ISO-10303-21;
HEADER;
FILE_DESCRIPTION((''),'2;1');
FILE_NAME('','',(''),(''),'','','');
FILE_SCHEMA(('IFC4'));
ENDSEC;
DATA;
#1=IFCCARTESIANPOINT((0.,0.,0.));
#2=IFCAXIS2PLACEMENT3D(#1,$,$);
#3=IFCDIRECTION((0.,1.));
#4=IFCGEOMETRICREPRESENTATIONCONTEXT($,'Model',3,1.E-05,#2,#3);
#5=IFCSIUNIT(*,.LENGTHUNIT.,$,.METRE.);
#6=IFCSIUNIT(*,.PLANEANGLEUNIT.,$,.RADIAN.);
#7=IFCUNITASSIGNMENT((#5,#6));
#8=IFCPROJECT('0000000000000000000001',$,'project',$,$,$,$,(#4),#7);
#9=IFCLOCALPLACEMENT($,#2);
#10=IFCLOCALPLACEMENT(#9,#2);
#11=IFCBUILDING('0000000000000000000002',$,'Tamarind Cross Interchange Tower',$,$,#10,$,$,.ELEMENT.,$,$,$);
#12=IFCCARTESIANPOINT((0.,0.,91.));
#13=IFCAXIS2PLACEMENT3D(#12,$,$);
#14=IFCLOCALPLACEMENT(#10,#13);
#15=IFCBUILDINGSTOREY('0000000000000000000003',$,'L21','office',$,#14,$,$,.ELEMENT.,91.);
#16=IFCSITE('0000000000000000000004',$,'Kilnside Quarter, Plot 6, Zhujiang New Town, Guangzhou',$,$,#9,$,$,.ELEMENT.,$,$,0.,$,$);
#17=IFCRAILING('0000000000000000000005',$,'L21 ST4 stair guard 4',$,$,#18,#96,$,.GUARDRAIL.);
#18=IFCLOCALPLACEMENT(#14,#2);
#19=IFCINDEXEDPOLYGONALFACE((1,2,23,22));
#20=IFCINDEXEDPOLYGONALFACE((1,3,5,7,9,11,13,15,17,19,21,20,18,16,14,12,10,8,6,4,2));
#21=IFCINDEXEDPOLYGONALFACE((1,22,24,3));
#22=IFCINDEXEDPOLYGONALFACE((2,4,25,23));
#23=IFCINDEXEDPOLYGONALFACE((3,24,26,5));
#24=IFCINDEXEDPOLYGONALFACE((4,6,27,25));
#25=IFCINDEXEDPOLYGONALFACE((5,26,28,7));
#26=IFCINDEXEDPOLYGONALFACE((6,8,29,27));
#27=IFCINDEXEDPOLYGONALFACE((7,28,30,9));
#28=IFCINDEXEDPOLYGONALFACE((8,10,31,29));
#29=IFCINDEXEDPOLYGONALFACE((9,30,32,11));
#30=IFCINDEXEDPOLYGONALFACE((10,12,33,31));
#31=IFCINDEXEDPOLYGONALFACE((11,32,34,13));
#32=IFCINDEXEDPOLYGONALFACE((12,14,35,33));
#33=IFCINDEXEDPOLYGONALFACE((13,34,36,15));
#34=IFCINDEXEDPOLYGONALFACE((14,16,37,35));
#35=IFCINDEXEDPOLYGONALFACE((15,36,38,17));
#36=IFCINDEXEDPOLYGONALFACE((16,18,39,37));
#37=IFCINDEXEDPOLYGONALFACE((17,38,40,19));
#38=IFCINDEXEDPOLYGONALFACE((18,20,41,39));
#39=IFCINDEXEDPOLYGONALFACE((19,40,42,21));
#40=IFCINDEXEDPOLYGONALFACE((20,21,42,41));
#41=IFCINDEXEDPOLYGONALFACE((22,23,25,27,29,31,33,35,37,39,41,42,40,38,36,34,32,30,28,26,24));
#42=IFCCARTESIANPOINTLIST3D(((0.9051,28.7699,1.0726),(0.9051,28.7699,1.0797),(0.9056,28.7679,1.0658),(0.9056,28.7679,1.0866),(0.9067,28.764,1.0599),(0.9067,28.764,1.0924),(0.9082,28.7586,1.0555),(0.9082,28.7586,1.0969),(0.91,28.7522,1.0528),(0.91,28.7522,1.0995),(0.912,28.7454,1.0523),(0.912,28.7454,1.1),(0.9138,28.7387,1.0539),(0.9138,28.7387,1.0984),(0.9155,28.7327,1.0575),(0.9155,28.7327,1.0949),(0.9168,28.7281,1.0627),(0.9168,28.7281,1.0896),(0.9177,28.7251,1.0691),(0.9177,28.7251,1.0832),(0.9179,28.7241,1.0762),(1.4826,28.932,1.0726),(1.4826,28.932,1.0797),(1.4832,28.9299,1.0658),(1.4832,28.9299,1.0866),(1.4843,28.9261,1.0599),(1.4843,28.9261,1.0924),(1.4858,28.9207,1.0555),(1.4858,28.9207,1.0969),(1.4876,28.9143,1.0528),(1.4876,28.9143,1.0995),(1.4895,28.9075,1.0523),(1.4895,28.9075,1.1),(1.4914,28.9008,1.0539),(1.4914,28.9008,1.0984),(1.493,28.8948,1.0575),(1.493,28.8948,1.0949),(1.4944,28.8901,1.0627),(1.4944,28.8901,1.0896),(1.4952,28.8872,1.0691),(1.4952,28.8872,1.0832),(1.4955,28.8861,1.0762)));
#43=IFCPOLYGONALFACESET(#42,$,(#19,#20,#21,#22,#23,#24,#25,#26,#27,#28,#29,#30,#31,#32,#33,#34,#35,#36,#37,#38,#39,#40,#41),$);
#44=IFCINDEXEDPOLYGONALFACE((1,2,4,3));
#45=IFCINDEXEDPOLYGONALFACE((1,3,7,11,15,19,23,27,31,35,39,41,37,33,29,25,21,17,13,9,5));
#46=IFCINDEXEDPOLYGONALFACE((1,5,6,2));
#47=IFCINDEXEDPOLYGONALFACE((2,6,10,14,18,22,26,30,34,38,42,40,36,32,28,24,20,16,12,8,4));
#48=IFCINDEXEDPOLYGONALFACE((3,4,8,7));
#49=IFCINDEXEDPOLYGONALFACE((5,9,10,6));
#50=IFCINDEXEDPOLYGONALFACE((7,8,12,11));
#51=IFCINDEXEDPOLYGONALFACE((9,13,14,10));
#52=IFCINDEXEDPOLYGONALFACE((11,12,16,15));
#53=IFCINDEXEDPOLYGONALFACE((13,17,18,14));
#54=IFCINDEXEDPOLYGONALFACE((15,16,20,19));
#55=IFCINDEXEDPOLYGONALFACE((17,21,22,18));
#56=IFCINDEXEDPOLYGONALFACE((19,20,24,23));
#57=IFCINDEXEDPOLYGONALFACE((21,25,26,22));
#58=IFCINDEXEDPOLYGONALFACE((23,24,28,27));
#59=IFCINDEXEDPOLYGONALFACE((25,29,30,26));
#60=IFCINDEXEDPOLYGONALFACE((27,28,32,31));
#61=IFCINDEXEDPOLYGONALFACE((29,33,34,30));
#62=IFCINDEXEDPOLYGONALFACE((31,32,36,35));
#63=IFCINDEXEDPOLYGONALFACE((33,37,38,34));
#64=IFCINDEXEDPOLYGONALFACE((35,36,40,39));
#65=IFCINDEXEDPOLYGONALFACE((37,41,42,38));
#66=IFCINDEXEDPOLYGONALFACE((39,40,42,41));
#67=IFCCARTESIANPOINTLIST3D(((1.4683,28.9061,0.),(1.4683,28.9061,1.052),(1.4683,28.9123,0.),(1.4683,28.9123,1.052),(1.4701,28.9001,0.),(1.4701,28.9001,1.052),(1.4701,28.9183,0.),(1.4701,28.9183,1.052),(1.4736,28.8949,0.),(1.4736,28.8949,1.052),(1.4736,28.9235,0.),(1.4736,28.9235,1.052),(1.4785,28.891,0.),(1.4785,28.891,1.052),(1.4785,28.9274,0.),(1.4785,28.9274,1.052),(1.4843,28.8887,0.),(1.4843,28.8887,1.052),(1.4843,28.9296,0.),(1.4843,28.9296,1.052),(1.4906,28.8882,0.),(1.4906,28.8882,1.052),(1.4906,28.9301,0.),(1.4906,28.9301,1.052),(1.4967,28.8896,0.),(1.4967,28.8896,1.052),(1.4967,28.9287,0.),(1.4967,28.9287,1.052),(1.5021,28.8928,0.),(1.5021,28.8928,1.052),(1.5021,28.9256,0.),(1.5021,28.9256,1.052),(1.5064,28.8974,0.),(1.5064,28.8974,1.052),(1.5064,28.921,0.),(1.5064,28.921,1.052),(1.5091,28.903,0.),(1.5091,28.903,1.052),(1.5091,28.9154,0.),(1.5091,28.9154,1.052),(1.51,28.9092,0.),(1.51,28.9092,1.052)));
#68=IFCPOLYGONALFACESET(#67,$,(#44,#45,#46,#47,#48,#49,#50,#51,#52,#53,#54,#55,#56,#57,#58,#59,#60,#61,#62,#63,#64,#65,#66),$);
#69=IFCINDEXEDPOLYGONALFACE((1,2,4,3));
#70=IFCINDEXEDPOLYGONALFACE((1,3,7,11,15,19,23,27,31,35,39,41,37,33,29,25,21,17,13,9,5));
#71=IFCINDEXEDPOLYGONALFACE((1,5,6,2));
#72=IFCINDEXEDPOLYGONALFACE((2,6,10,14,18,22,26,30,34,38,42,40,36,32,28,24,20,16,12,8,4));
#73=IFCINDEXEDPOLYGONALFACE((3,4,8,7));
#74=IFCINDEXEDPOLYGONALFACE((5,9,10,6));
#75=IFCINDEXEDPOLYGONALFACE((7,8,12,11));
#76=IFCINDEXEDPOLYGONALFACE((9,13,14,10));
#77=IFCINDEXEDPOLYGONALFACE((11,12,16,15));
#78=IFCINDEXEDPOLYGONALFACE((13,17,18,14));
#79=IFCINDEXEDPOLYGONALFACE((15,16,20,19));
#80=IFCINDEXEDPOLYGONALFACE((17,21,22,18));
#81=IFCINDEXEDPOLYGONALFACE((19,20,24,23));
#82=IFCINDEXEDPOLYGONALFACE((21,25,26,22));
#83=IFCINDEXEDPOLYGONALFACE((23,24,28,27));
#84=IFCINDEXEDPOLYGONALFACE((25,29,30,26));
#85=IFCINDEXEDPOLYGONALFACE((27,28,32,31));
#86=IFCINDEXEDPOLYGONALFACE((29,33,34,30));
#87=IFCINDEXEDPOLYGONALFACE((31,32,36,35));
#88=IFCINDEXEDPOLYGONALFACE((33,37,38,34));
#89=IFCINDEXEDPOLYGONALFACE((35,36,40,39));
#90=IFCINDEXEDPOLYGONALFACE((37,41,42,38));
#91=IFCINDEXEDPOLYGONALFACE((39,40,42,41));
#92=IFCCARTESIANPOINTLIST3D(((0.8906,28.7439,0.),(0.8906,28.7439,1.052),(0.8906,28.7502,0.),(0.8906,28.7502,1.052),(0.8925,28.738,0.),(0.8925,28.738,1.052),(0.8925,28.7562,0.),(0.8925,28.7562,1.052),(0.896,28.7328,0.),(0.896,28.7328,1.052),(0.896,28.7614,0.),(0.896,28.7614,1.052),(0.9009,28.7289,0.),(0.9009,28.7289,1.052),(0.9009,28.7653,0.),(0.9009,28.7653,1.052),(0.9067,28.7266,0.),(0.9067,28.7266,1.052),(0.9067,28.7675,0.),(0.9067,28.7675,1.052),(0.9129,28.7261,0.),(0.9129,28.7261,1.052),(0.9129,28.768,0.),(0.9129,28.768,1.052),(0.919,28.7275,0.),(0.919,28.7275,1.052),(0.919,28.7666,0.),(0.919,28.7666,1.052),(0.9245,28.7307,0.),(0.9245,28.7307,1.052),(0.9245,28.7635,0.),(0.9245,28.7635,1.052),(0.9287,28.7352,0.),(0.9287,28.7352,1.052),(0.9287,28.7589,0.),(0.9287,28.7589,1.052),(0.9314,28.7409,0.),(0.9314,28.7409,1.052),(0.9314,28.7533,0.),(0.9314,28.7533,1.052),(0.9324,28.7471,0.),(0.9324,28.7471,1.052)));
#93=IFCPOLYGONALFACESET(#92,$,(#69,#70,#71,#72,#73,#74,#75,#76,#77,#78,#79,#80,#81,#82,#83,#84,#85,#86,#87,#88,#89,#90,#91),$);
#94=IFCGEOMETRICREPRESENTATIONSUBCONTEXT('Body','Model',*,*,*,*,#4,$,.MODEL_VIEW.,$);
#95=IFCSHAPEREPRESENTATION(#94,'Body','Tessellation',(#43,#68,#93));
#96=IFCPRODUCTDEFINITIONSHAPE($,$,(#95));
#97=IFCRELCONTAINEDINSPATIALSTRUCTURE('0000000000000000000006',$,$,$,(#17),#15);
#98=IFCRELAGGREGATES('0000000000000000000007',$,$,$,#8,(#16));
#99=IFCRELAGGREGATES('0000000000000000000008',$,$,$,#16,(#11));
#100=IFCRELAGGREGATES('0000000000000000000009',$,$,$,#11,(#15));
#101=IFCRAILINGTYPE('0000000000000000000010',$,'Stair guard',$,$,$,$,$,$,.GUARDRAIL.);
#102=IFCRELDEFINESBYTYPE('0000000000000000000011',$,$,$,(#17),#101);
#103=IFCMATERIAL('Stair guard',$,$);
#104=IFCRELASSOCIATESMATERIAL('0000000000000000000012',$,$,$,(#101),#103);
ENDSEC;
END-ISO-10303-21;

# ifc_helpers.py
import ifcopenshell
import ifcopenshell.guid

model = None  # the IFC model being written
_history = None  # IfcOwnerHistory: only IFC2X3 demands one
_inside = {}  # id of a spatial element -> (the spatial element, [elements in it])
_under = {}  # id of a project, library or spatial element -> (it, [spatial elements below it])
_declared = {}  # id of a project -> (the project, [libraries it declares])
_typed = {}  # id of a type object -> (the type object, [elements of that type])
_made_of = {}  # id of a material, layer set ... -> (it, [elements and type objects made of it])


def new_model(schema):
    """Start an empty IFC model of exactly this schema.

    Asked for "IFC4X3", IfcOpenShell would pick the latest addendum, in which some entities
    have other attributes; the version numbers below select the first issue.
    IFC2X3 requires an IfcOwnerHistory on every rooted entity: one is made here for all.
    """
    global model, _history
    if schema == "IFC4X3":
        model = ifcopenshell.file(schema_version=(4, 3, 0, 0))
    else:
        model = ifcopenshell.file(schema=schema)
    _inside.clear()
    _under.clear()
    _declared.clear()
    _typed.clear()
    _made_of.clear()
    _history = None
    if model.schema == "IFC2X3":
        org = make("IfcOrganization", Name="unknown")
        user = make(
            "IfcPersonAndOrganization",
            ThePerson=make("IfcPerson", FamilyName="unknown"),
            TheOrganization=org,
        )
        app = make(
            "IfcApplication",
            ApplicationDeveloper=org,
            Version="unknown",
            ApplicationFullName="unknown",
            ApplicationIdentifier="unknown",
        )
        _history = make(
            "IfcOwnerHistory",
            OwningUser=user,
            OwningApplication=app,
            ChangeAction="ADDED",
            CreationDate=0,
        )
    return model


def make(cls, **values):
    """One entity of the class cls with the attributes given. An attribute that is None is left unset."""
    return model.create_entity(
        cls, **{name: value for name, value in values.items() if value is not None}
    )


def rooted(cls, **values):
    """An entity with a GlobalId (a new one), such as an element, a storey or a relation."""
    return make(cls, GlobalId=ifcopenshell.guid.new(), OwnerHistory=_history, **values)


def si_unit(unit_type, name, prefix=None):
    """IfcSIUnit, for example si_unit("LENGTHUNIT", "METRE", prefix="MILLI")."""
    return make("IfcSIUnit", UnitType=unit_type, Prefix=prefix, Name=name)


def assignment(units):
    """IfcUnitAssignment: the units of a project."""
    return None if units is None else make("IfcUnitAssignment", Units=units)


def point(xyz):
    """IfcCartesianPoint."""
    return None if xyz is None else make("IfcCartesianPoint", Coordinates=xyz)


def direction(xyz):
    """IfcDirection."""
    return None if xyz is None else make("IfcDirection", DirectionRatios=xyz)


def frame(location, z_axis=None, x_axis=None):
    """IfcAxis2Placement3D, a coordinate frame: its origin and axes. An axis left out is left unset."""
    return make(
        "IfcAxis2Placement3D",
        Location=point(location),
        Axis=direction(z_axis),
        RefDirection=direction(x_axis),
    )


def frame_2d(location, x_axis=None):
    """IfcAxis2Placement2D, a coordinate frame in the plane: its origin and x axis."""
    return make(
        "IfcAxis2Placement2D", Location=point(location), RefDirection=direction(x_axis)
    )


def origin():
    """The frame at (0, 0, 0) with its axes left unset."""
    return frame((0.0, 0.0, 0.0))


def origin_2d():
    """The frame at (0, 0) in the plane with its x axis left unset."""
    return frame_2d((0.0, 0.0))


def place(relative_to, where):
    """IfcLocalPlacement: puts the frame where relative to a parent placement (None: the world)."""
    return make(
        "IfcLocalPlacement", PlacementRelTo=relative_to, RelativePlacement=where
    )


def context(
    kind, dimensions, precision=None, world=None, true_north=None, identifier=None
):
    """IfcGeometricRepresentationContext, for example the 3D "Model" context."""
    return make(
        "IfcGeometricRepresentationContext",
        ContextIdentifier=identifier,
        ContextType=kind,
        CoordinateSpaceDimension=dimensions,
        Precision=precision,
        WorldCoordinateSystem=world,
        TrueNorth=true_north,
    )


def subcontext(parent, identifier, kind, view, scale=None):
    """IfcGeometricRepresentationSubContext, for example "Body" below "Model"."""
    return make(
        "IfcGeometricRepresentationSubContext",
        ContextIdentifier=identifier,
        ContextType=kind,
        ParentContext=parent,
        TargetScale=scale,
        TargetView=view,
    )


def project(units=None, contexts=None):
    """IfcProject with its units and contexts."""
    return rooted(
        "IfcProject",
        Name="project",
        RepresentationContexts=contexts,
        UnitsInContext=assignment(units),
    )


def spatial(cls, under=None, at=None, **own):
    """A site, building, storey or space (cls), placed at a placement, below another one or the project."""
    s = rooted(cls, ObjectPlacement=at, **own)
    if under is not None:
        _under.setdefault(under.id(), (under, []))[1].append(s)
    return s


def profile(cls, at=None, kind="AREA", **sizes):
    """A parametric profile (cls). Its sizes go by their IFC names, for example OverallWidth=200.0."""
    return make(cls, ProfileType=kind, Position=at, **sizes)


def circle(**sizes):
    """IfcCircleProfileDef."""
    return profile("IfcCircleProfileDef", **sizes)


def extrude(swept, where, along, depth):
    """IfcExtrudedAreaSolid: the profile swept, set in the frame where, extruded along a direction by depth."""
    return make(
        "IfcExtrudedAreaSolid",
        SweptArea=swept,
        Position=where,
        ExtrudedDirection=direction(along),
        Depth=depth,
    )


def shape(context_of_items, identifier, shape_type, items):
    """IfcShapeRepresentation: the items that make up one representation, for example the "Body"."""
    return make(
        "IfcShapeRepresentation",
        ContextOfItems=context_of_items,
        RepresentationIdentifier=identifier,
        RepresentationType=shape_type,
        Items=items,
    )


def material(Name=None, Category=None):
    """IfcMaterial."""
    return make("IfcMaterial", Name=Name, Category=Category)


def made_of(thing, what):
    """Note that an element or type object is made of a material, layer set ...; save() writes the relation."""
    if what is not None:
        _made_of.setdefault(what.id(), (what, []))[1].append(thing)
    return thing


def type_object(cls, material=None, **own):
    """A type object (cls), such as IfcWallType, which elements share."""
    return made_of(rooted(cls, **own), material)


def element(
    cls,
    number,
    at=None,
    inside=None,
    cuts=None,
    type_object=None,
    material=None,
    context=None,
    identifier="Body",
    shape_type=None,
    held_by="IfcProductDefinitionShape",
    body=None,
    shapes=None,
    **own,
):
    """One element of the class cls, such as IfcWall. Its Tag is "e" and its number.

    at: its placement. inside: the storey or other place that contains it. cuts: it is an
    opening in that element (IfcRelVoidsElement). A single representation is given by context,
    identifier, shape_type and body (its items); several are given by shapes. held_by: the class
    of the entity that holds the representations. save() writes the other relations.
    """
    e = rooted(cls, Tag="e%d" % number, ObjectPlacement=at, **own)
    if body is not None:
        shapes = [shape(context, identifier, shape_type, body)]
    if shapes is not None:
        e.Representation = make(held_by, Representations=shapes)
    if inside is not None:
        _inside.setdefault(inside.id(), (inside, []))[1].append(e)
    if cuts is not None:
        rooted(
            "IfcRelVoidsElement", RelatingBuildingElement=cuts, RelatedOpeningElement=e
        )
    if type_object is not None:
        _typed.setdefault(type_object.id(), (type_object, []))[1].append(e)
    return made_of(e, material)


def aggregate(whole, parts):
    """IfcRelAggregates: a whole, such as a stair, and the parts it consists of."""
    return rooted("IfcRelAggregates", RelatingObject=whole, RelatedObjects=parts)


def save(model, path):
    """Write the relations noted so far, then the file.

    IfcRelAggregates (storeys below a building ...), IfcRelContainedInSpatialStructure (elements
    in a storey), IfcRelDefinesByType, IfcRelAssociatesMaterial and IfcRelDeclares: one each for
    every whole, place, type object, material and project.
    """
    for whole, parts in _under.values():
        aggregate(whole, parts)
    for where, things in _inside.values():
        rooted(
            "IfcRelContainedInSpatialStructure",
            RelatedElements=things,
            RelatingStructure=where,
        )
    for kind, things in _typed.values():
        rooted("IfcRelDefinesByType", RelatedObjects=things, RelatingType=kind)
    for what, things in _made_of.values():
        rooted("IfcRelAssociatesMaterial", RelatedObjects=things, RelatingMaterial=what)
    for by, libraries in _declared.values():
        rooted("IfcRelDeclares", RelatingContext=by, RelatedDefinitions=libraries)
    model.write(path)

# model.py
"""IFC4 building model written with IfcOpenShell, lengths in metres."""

from ifc_helpers import new_model, si_unit, direction, frame, origin, origin_2d, place, context, subcontext, project, spatial, circle, extrude, material, type_object, element, save


model = new_model("IFC4")

# Units and contexts
model_context = context("Model", 3, precision=1e-05, world=origin(), true_north=direction((0.0, 1.0)))
body_context = subcontext(model_context, "Body", "Model", "MODEL_VIEW")
ifc_project = project(units=[si_unit("LENGTHUNIT", "METRE"), si_unit("PLANEANGLEUNIT", "RADIAN")], contexts=[model_context])

# Site, building, storey
site_placement = place(None, origin())
site = spatial("IfcSite", under=ifc_project, at=site_placement, Name="Kilnside Quarter, Plot 6, Zhujiang New Town, Guangzhou", CompositionType="ELEMENT", RefElevation=0.0)
building_placement = place(site_placement, origin())
building = spatial("IfcBuilding", under=site, at=building_placement, Name="Tamarind Cross Interchange Tower", CompositionType="ELEMENT")
storey_placement = place(building_placement, frame((0.0, 0.0, 91.0)))
storey = spatial("IfcBuildingStorey", under=building, at=storey_placement, Name="L21", Description="office", CompositionType="ELEMENT", Elevation=91.0)

# Railing
ifc_material_1 = material(Name="Stair guard")
railing_type_1 = type_object("IfcRailingType", Name="Stair guard", PredefinedType="GUARDRAIL", material=ifc_material_1)
railing_1_placement = place(storey_placement, frame((1.489, 28.9092, 0.0)))
element("IfcRailing", 1, at=railing_1_placement, inside=storey, type_object=railing_type_1, Name="L21 ST4 stair guard 4", PredefinedType="GUARDRAIL", context=body_context, shape_type="SweptSolid", body=[
    extrude(circle(Radius=0.0239, at=origin_2d()), frame((0.0, 0.0, 1.0762), z_axis=(-0.962803, -0.270203, 0.0), x_axis=(0.270203, -0.962803, 0.0)), (0.0, 0.0, 1.0), 0.5999),
    extrude(circle(Radius=0.021, at=origin_2d()), origin(), (0.0, 0.0, 1.0), 1.052),
    extrude(circle(Radius=0.021, at=origin_2d()), frame((-0.5776, -0.1621, 0.0)), (0.0, 0.0, 1.0), 1.052),
])

save(model, "model.ifc")
